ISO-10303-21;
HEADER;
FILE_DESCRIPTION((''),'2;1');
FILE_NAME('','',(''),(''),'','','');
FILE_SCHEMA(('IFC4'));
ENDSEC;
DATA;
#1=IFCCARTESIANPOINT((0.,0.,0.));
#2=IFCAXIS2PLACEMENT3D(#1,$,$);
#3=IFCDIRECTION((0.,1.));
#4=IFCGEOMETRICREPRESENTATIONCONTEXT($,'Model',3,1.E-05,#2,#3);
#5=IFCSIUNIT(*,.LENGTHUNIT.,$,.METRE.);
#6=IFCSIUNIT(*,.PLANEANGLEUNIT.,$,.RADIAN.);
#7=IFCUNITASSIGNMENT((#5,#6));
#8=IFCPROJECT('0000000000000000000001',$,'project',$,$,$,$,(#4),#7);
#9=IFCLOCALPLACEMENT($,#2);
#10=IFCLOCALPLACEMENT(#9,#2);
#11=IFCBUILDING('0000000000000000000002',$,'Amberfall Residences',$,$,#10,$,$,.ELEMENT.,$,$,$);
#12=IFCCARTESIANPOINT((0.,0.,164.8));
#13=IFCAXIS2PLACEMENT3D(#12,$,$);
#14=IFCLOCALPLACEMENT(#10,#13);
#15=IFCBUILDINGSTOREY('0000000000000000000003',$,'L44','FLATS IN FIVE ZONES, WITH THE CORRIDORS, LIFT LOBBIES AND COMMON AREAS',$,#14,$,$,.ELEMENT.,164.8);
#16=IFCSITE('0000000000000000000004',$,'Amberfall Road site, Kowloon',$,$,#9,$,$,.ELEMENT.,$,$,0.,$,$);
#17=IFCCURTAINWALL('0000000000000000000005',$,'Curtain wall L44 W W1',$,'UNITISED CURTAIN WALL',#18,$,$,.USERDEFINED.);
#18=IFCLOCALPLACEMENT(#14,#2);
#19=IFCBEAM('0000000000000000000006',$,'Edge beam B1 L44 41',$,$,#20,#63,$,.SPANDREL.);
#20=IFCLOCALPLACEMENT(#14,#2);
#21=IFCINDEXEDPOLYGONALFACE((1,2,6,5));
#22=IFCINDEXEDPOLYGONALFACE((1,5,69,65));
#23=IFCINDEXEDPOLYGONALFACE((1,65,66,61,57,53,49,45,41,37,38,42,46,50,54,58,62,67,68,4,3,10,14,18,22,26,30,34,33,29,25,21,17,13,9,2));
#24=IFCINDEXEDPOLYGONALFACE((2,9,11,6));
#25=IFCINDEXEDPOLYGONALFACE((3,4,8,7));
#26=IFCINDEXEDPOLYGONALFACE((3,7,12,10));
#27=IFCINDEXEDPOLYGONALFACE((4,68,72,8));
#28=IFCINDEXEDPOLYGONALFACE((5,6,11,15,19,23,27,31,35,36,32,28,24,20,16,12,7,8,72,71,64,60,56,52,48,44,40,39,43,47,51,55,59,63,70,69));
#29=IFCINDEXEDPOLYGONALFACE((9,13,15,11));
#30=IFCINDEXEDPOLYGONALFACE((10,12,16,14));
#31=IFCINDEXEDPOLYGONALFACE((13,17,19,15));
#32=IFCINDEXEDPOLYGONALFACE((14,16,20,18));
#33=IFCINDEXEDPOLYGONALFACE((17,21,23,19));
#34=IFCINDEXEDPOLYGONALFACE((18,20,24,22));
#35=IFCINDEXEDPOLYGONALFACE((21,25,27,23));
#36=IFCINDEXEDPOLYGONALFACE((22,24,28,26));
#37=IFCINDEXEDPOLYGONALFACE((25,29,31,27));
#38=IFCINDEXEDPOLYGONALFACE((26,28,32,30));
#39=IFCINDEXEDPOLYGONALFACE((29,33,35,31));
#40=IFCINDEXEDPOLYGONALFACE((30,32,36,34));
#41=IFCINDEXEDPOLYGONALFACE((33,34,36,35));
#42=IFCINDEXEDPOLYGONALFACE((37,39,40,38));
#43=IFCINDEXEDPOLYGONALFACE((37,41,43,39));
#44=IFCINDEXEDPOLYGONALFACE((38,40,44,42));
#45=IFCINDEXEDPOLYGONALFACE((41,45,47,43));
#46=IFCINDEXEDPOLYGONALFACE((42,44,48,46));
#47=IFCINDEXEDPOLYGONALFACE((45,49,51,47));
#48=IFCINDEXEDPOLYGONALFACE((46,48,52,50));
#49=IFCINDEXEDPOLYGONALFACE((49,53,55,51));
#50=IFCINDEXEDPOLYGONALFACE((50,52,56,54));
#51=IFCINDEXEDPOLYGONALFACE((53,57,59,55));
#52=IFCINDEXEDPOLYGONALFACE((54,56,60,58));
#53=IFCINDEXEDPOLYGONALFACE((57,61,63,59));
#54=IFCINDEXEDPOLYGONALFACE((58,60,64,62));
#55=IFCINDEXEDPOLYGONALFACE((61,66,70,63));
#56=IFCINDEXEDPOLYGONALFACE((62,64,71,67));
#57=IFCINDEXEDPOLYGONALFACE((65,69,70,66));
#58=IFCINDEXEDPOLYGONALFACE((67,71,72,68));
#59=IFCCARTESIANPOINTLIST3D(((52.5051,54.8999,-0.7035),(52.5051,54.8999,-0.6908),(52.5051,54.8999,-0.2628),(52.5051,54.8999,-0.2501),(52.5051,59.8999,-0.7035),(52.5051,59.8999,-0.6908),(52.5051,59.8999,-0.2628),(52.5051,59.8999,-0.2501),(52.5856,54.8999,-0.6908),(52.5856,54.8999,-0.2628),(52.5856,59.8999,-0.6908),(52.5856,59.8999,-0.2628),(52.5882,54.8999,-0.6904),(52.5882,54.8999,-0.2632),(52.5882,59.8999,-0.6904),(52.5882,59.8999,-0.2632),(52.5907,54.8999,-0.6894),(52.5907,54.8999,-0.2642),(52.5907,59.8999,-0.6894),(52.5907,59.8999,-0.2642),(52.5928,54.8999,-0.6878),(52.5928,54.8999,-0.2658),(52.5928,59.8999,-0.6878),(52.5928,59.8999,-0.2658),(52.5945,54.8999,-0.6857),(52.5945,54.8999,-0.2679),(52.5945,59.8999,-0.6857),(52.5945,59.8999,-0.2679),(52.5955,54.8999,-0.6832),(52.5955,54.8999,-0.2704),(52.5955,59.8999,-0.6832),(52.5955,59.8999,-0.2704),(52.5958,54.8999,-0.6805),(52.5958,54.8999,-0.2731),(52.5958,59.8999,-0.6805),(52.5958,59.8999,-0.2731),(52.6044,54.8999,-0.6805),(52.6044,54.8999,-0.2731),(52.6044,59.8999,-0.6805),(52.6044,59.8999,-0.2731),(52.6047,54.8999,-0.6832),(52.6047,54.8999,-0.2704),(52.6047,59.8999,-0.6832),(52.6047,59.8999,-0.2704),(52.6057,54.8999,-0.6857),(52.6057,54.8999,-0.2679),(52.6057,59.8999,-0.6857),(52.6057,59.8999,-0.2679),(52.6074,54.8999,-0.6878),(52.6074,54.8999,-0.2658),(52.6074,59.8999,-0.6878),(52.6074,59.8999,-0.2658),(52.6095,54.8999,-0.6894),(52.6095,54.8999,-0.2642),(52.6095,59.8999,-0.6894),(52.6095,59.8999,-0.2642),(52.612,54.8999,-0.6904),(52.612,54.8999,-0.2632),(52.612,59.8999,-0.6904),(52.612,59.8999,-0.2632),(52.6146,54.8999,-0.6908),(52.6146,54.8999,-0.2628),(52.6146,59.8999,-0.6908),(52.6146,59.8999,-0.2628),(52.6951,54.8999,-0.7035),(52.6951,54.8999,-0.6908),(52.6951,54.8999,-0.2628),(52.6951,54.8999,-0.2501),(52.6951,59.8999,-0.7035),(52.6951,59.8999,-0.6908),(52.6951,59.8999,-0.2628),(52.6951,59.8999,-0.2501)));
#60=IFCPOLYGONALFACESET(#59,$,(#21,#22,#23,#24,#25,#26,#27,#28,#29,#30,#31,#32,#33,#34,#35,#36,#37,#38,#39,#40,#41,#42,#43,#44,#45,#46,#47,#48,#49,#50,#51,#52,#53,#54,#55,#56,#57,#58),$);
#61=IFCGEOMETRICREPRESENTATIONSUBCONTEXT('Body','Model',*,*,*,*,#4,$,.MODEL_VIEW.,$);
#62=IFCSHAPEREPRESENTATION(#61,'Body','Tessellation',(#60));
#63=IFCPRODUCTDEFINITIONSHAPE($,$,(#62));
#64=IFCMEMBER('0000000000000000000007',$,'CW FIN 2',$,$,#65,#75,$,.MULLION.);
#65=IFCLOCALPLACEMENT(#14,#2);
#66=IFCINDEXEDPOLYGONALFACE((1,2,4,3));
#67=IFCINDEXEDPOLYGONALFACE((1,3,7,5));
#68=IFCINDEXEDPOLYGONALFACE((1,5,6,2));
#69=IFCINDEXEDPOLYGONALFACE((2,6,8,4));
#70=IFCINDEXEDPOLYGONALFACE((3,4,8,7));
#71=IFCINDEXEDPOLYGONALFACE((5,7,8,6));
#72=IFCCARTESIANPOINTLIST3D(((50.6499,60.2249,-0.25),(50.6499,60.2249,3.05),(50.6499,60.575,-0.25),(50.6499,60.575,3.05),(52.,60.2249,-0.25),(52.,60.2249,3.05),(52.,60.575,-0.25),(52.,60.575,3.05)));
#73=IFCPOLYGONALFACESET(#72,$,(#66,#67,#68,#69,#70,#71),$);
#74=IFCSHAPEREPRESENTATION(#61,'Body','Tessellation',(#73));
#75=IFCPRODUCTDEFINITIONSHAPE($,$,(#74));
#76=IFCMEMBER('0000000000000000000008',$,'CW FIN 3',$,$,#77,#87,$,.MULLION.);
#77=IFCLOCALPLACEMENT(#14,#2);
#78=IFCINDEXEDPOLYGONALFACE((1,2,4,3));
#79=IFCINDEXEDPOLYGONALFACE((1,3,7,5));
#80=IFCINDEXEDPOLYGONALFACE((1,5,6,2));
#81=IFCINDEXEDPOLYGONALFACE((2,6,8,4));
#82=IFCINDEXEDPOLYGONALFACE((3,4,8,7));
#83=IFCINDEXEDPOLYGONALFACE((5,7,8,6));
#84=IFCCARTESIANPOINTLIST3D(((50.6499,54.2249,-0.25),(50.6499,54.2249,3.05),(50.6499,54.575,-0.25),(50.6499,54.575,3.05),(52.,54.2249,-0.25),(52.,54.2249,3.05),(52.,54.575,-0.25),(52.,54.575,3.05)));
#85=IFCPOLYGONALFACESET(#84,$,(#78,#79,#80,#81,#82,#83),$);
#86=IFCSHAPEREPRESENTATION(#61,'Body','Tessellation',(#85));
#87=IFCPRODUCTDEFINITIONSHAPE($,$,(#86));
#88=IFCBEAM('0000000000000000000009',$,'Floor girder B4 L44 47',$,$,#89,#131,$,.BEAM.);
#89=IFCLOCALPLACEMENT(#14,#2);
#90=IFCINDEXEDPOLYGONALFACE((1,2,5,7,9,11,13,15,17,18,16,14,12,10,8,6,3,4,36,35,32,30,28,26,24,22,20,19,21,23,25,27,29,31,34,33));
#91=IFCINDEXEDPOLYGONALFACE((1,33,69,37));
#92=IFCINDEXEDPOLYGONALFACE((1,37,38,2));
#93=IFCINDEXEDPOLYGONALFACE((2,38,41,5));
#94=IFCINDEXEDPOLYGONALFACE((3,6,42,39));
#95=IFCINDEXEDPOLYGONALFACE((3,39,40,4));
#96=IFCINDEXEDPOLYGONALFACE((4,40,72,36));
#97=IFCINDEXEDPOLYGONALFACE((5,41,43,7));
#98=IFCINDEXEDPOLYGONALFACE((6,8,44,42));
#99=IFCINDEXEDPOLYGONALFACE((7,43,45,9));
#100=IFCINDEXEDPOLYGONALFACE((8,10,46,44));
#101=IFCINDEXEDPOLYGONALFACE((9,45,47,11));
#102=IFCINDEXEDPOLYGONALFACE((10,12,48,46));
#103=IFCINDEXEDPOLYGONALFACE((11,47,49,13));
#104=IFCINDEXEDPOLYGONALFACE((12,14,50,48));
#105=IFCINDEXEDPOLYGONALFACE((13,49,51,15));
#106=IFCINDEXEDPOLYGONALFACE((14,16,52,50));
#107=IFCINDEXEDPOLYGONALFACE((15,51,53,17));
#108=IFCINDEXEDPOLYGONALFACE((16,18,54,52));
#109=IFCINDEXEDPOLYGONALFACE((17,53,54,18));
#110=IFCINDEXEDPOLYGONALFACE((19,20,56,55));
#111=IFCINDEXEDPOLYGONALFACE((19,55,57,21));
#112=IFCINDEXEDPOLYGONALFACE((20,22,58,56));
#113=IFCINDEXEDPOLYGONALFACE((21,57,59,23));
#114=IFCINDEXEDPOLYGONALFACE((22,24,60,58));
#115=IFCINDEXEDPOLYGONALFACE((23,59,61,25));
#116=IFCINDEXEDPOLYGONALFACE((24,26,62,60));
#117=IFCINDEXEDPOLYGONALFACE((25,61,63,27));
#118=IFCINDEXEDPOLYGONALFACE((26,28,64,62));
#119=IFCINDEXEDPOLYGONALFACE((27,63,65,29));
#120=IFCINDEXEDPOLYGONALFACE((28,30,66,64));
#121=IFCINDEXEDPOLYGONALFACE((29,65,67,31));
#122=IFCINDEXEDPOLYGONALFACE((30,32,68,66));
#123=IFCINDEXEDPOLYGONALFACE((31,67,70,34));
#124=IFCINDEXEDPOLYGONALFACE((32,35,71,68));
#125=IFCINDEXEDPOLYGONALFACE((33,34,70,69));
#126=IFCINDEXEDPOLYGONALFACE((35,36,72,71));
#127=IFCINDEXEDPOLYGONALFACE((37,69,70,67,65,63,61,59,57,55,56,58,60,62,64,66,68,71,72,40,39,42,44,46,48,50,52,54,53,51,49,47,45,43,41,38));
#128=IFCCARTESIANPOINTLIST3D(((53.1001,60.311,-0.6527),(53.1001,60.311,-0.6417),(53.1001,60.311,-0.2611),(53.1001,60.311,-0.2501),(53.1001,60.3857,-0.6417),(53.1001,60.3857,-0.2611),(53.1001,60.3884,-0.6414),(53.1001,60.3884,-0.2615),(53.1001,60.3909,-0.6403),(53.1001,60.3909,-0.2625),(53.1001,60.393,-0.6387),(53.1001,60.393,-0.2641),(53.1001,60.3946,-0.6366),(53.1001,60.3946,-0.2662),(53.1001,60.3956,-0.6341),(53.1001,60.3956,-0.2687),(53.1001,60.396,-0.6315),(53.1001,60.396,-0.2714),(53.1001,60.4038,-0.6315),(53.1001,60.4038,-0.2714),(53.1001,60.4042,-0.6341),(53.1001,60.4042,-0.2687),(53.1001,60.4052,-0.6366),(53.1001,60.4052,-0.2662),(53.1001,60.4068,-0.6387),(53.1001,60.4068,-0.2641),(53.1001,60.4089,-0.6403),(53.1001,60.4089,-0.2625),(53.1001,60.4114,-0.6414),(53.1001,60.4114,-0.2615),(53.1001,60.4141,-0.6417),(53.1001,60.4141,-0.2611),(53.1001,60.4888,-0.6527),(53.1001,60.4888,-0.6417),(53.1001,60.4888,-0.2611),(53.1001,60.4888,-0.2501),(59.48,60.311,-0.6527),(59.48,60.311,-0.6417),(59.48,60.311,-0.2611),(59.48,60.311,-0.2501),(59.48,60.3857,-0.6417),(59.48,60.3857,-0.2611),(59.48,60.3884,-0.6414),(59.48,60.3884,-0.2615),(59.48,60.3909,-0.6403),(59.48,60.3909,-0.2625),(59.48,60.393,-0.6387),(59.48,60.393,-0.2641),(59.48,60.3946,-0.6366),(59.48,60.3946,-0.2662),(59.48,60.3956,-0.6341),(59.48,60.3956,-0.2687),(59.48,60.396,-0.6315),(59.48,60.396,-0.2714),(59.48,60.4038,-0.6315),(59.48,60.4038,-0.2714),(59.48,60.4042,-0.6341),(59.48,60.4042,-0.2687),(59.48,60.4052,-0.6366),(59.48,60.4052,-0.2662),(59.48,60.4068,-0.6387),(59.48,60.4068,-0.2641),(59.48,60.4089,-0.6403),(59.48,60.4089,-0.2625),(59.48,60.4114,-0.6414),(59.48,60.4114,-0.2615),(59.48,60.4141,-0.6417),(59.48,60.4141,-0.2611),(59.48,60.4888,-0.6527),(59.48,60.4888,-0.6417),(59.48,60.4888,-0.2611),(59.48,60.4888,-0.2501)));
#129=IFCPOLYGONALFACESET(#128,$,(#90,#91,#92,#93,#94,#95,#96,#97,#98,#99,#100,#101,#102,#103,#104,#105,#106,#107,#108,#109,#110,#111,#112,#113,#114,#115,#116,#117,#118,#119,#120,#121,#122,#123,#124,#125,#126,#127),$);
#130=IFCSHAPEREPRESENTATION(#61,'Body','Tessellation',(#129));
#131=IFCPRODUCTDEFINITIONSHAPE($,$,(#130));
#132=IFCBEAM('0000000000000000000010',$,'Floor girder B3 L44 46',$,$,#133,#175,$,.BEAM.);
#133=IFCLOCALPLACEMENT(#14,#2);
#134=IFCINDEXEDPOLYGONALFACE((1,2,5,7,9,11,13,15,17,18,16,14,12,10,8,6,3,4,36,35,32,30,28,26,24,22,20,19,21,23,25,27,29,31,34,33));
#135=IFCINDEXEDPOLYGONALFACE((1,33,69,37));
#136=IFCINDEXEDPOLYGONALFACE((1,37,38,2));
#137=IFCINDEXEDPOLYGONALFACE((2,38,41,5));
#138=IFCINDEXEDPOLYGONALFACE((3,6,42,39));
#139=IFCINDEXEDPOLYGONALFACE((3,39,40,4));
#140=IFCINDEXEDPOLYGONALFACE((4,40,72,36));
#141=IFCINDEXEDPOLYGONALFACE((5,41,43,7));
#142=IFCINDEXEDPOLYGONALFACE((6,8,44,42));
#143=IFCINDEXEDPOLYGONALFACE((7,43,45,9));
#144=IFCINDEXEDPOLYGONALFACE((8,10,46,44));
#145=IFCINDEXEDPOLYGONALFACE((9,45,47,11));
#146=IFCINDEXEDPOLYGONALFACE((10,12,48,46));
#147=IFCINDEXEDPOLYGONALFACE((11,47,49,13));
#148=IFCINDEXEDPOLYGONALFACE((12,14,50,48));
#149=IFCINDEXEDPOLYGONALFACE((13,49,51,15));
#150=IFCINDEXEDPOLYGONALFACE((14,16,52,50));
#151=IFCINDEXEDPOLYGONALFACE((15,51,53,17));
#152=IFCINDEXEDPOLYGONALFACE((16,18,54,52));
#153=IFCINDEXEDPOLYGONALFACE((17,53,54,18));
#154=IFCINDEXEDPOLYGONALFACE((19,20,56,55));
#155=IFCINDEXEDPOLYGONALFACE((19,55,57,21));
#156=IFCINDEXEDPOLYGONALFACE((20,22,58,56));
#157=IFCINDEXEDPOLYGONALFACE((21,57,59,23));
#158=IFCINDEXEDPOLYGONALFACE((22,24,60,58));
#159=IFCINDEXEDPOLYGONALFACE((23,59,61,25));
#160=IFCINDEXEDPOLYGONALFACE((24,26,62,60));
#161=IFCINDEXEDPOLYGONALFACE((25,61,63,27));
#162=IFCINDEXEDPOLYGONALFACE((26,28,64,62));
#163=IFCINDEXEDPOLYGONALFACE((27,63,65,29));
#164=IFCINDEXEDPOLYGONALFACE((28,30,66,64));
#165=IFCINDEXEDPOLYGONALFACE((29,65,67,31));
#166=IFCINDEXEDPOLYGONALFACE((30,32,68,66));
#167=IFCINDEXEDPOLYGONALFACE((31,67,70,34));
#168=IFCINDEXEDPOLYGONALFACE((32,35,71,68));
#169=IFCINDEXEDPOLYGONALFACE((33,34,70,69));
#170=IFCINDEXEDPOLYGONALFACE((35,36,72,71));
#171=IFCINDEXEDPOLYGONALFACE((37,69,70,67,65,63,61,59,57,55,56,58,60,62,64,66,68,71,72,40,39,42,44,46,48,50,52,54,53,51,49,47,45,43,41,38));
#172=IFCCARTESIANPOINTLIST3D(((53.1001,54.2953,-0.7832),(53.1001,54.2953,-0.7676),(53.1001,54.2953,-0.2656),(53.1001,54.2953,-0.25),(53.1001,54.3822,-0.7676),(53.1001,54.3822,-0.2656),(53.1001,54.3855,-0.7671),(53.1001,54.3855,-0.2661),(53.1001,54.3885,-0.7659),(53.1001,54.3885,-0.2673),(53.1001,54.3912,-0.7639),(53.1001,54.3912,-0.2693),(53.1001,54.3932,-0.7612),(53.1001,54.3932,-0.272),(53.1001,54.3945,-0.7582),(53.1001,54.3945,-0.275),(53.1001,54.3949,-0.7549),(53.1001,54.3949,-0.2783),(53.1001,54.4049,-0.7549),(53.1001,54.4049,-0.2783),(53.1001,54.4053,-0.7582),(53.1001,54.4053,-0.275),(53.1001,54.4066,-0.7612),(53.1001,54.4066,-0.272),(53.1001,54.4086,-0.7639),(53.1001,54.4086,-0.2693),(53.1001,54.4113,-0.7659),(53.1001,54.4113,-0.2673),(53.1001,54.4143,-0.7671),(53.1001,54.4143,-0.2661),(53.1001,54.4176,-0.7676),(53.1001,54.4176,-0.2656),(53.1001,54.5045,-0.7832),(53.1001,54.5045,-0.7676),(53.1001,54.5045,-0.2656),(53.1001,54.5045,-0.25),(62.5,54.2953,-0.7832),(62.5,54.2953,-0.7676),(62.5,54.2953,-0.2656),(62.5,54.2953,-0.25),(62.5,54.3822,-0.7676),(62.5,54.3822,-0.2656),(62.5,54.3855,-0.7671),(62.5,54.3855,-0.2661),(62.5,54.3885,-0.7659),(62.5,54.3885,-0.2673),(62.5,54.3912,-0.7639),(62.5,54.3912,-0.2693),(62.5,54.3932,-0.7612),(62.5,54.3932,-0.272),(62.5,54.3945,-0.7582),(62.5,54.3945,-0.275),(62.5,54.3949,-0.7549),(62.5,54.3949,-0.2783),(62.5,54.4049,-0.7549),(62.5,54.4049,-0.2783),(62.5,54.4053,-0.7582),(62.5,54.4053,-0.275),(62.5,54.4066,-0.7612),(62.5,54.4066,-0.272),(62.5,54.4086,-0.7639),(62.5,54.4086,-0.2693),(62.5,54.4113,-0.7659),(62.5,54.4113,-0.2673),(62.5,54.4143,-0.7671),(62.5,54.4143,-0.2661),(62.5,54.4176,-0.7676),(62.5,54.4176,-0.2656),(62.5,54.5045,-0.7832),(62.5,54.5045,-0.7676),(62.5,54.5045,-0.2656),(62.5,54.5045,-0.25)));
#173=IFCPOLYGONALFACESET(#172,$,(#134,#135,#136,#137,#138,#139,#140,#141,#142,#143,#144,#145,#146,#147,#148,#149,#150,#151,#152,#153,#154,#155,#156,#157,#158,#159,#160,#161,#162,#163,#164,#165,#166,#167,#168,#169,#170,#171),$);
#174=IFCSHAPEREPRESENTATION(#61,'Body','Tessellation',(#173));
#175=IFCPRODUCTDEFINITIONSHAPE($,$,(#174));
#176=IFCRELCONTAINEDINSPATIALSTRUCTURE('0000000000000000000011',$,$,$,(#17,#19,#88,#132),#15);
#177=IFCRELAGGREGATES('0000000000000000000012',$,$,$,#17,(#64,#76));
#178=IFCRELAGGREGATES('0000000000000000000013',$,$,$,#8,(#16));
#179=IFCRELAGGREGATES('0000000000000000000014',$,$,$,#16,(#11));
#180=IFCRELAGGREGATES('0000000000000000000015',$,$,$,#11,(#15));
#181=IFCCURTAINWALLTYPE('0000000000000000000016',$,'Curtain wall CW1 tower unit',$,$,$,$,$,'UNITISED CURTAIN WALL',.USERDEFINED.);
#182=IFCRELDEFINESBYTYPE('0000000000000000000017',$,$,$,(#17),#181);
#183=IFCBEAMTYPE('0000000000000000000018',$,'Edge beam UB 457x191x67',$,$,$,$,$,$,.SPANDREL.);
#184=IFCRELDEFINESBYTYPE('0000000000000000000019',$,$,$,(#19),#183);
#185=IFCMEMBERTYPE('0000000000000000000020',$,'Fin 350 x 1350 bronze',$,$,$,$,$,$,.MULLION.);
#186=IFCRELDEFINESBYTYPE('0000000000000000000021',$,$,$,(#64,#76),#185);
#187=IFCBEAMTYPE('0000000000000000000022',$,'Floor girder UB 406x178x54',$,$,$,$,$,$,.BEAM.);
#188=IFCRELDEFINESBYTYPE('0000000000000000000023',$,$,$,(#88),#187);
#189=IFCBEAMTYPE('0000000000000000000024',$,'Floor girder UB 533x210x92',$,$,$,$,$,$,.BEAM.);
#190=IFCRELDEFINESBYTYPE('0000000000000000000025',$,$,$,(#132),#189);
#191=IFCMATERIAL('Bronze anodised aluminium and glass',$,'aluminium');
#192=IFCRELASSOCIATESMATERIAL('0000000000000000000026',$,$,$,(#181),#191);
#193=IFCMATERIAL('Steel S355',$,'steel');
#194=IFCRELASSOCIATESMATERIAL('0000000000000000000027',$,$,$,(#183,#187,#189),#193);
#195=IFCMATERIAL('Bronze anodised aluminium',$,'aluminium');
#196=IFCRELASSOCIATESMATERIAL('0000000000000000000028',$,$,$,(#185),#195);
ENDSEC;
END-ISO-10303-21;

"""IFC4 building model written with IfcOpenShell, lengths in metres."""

from ifc_helpers import new_model, si_unit, direction, frame, origin, origin_2d, place, context, subcontext, project, spatial, rectangle, i_section, extrude, material, material_profile, profile_set, type_object, element, aggregate, save


model = new_model("IFC4")

# Units and contexts
model_context = context("Model", 3, precision=1e-05, world=origin(), true_north=direction((0.0, 1.0)))
body_context = subcontext(model_context, "Body", "Model", "MODEL_VIEW")
ifc_project = project(units=[si_unit("LENGTHUNIT", "METRE"), si_unit("PLANEANGLEUNIT", "RADIAN")], contexts=[model_context])

# Site, building, storey
site_placement = place(None, origin())
site = spatial("IfcSite", under=ifc_project, at=site_placement, Name="Amberfall Road site, Kowloon", CompositionType="ELEMENT", RefElevation=0.0)
building_placement = place(site_placement, origin())
building = spatial("IfcBuilding", under=site, at=building_placement, Name="Amberfall Residences", CompositionType="ELEMENT")
storey_placement = place(building_placement, frame((0.0, 0.0, 164.8)))
storey = spatial("IfcBuildingStorey", under=building, at=storey_placement, Name="L44", Description="FLATS IN FIVE ZONES, WITH THE CORRIDORS, LIFT LOBBIES AND COMMON AREAS", CompositionType="ELEMENT", Elevation=164.8)

# Shared definitions
ifc_material_1 = material(Name="Bronze anodised aluminium and glass", Category="aluminium")
curtain_wall_type = type_object("IfcCurtainWallType", Name="Curtain wall CW1 tower unit", ElementType="UNITISED CURTAIN WALL", PredefinedType="USERDEFINED", material=ifc_material_1)
ifc_material_2 = material(Name="Bronze anodised aluminium", Category="aluminium")

# Curtain wall
curtain_wall_1_placement = place(storey_placement, origin())
curtain_wall_1 = element("IfcCurtainWall", 1, at=curtain_wall_1_placement, inside=storey, type_object=curtain_wall_type, Name="Curtain wall L44 W W1", ObjectType="UNITISED CURTAIN WALL", PredefinedType="USERDEFINED")

# Beam
ifc_material_3 = material(Name="Steel S355", Category="steel")
ifc_material_profile_1 = material_profile(ifc_material_3, i_section(OverallWidth=0.1899, OverallDepth=0.4534, WebThickness=0.0085, FlangeThickness=0.0127, FilletRadius=0.0103, at=origin_2d()), Name="UB 457x191x67")
ifc_profile_set_1 = profile_set([ifc_material_profile_1], Name="Steel S355")
beam_type_1 = type_object("IfcBeamType", Name="Edge beam UB 457x191x67", PredefinedType="SPANDREL", material=ifc_profile_set_1)
for number, where, z_axis, x_axis, name in (
    (2, (52.6001, 54.8999, -0.4768), (0.0, 1.0, 0.0), (-1.0, 0.0, 0.0), "Edge beam B1 L44 41"),
):
    element("IfcBeam", number, at=place(storey_placement, frame(where, z_axis=z_axis, x_axis=x_axis)), inside=storey, type_object=beam_type_1, Name=name, PredefinedType="SPANDREL", context=body_context, shape_type="SweptSolid", body=[
        extrude(i_section(OverallWidth=0.1899, OverallDepth=0.4534, WebThickness=0.0085, FlangeThickness=0.0127, FilletRadius=0.0103, at=origin_2d()), origin(), (0.0, 0.0, 1.0), 5.0),
    ])

# Members
ifc_material_profile_2 = material_profile(ifc_material_2, rectangle(XDim=1.3501, YDim=0.3501, at=origin_2d()), Name="Fin 350 x 1350 bronze")
ifc_profile_set_2 = profile_set([ifc_material_profile_2], Name="Bronze anodised aluminium")
member_type_1 = type_object("IfcMemberType", Name="Fin 350 x 1350 bronze", PredefinedType="MULLION", material=ifc_profile_set_2)
member_1_placement = place(storey_placement, frame((51.325, 60.3999, -0.25), z_axis=(0.0, 0.0, 1.0), x_axis=(1.0, 0.0, 0.0)))
member_1 = element("IfcMember", 3, at=member_1_placement, type_object=member_type_1, Name="CW FIN 2", PredefinedType="MULLION", context=body_context, shape_type="SweptSolid", body=[
    extrude(rectangle(XDim=1.3501, YDim=0.3501, at=origin_2d()), origin(), (0.0, 0.0, 1.0), 3.3),
])
member_2_placement = place(storey_placement, frame((51.325, 54.3999, -0.25), z_axis=(0.0, 0.0, 1.0), x_axis=(1.0, 0.0, 0.0)))
member_2 = element("IfcMember", 4, at=member_2_placement, type_object=member_type_1, Name="CW FIN 3", PredefinedType="MULLION", context=body_context, shape_type="SweptSolid", body=[
    extrude(rectangle(XDim=1.3501, YDim=0.3501, at=origin_2d()), origin(), (0.0, 0.0, 1.0), 3.3),
])

# Beams
ifc_material_profile_3 = material_profile(ifc_material_3, i_section(OverallWidth=0.1777, OverallDepth=0.4026, WebThickness=0.0078, FlangeThickness=0.011, FilletRadius=0.0103, at=origin_2d()), Name="UB 406x178x54")
ifc_profile_set_3 = profile_set([ifc_material_profile_3], Name="Steel S355")
beam_type_2 = type_object("IfcBeamType", Name="Floor girder UB 406x178x54", PredefinedType="BEAM", material=ifc_profile_set_3)
beam_1_placement = place(storey_placement, frame((53.1001, 60.3999, -0.4514), z_axis=(1.0, 0.0, 0.0), x_axis=(0.0, 1.0, 0.0)))
element("IfcBeam", 5, at=beam_1_placement, inside=storey, type_object=beam_type_2, Name="Floor girder B4 L44 47", PredefinedType="BEAM", context=body_context, shape_type="SweptSolid", body=[
    extrude(i_section(OverallWidth=0.1777, OverallDepth=0.4026, WebThickness=0.0078, FlangeThickness=0.011, FilletRadius=0.0103, at=origin_2d()), origin(), (0.0, 0.0, 1.0), 6.3799),
])
ifc_material_profile_4 = material_profile(ifc_material_3, i_section(OverallWidth=0.2092, OverallDepth=0.5332, WebThickness=0.01, FlangeThickness=0.0156, FilletRadius=0.0127, at=origin_2d()), Name="UB 533x210x92")
ifc_profile_set_4 = profile_set([ifc_material_profile_4], Name="Steel S355")
beam_type_3 = type_object("IfcBeamType", Name="Floor girder UB 533x210x92", PredefinedType="BEAM", material=ifc_profile_set_4)
beam_2_placement = place(storey_placement, frame((53.1001, 54.3999, -0.5166), z_axis=(1.0, 0.0, 0.0), x_axis=(0.0, 1.0, 0.0)))
element("IfcBeam", 6, at=beam_2_placement, inside=storey, type_object=beam_type_3, Name="Floor girder B3 L44 46", PredefinedType="BEAM", context=body_context, shape_type="SweptSolid", body=[
    extrude(i_section(OverallWidth=0.2092, OverallDepth=0.5332, WebThickness=0.01, FlangeThickness=0.0156, FilletRadius=0.0127, at=origin_2d()), origin(), (0.0, 0.0, 1.0), 9.3999),
])

aggregate(curtain_wall_1, [member_1, member_2])

save(model, "model.ifc")
